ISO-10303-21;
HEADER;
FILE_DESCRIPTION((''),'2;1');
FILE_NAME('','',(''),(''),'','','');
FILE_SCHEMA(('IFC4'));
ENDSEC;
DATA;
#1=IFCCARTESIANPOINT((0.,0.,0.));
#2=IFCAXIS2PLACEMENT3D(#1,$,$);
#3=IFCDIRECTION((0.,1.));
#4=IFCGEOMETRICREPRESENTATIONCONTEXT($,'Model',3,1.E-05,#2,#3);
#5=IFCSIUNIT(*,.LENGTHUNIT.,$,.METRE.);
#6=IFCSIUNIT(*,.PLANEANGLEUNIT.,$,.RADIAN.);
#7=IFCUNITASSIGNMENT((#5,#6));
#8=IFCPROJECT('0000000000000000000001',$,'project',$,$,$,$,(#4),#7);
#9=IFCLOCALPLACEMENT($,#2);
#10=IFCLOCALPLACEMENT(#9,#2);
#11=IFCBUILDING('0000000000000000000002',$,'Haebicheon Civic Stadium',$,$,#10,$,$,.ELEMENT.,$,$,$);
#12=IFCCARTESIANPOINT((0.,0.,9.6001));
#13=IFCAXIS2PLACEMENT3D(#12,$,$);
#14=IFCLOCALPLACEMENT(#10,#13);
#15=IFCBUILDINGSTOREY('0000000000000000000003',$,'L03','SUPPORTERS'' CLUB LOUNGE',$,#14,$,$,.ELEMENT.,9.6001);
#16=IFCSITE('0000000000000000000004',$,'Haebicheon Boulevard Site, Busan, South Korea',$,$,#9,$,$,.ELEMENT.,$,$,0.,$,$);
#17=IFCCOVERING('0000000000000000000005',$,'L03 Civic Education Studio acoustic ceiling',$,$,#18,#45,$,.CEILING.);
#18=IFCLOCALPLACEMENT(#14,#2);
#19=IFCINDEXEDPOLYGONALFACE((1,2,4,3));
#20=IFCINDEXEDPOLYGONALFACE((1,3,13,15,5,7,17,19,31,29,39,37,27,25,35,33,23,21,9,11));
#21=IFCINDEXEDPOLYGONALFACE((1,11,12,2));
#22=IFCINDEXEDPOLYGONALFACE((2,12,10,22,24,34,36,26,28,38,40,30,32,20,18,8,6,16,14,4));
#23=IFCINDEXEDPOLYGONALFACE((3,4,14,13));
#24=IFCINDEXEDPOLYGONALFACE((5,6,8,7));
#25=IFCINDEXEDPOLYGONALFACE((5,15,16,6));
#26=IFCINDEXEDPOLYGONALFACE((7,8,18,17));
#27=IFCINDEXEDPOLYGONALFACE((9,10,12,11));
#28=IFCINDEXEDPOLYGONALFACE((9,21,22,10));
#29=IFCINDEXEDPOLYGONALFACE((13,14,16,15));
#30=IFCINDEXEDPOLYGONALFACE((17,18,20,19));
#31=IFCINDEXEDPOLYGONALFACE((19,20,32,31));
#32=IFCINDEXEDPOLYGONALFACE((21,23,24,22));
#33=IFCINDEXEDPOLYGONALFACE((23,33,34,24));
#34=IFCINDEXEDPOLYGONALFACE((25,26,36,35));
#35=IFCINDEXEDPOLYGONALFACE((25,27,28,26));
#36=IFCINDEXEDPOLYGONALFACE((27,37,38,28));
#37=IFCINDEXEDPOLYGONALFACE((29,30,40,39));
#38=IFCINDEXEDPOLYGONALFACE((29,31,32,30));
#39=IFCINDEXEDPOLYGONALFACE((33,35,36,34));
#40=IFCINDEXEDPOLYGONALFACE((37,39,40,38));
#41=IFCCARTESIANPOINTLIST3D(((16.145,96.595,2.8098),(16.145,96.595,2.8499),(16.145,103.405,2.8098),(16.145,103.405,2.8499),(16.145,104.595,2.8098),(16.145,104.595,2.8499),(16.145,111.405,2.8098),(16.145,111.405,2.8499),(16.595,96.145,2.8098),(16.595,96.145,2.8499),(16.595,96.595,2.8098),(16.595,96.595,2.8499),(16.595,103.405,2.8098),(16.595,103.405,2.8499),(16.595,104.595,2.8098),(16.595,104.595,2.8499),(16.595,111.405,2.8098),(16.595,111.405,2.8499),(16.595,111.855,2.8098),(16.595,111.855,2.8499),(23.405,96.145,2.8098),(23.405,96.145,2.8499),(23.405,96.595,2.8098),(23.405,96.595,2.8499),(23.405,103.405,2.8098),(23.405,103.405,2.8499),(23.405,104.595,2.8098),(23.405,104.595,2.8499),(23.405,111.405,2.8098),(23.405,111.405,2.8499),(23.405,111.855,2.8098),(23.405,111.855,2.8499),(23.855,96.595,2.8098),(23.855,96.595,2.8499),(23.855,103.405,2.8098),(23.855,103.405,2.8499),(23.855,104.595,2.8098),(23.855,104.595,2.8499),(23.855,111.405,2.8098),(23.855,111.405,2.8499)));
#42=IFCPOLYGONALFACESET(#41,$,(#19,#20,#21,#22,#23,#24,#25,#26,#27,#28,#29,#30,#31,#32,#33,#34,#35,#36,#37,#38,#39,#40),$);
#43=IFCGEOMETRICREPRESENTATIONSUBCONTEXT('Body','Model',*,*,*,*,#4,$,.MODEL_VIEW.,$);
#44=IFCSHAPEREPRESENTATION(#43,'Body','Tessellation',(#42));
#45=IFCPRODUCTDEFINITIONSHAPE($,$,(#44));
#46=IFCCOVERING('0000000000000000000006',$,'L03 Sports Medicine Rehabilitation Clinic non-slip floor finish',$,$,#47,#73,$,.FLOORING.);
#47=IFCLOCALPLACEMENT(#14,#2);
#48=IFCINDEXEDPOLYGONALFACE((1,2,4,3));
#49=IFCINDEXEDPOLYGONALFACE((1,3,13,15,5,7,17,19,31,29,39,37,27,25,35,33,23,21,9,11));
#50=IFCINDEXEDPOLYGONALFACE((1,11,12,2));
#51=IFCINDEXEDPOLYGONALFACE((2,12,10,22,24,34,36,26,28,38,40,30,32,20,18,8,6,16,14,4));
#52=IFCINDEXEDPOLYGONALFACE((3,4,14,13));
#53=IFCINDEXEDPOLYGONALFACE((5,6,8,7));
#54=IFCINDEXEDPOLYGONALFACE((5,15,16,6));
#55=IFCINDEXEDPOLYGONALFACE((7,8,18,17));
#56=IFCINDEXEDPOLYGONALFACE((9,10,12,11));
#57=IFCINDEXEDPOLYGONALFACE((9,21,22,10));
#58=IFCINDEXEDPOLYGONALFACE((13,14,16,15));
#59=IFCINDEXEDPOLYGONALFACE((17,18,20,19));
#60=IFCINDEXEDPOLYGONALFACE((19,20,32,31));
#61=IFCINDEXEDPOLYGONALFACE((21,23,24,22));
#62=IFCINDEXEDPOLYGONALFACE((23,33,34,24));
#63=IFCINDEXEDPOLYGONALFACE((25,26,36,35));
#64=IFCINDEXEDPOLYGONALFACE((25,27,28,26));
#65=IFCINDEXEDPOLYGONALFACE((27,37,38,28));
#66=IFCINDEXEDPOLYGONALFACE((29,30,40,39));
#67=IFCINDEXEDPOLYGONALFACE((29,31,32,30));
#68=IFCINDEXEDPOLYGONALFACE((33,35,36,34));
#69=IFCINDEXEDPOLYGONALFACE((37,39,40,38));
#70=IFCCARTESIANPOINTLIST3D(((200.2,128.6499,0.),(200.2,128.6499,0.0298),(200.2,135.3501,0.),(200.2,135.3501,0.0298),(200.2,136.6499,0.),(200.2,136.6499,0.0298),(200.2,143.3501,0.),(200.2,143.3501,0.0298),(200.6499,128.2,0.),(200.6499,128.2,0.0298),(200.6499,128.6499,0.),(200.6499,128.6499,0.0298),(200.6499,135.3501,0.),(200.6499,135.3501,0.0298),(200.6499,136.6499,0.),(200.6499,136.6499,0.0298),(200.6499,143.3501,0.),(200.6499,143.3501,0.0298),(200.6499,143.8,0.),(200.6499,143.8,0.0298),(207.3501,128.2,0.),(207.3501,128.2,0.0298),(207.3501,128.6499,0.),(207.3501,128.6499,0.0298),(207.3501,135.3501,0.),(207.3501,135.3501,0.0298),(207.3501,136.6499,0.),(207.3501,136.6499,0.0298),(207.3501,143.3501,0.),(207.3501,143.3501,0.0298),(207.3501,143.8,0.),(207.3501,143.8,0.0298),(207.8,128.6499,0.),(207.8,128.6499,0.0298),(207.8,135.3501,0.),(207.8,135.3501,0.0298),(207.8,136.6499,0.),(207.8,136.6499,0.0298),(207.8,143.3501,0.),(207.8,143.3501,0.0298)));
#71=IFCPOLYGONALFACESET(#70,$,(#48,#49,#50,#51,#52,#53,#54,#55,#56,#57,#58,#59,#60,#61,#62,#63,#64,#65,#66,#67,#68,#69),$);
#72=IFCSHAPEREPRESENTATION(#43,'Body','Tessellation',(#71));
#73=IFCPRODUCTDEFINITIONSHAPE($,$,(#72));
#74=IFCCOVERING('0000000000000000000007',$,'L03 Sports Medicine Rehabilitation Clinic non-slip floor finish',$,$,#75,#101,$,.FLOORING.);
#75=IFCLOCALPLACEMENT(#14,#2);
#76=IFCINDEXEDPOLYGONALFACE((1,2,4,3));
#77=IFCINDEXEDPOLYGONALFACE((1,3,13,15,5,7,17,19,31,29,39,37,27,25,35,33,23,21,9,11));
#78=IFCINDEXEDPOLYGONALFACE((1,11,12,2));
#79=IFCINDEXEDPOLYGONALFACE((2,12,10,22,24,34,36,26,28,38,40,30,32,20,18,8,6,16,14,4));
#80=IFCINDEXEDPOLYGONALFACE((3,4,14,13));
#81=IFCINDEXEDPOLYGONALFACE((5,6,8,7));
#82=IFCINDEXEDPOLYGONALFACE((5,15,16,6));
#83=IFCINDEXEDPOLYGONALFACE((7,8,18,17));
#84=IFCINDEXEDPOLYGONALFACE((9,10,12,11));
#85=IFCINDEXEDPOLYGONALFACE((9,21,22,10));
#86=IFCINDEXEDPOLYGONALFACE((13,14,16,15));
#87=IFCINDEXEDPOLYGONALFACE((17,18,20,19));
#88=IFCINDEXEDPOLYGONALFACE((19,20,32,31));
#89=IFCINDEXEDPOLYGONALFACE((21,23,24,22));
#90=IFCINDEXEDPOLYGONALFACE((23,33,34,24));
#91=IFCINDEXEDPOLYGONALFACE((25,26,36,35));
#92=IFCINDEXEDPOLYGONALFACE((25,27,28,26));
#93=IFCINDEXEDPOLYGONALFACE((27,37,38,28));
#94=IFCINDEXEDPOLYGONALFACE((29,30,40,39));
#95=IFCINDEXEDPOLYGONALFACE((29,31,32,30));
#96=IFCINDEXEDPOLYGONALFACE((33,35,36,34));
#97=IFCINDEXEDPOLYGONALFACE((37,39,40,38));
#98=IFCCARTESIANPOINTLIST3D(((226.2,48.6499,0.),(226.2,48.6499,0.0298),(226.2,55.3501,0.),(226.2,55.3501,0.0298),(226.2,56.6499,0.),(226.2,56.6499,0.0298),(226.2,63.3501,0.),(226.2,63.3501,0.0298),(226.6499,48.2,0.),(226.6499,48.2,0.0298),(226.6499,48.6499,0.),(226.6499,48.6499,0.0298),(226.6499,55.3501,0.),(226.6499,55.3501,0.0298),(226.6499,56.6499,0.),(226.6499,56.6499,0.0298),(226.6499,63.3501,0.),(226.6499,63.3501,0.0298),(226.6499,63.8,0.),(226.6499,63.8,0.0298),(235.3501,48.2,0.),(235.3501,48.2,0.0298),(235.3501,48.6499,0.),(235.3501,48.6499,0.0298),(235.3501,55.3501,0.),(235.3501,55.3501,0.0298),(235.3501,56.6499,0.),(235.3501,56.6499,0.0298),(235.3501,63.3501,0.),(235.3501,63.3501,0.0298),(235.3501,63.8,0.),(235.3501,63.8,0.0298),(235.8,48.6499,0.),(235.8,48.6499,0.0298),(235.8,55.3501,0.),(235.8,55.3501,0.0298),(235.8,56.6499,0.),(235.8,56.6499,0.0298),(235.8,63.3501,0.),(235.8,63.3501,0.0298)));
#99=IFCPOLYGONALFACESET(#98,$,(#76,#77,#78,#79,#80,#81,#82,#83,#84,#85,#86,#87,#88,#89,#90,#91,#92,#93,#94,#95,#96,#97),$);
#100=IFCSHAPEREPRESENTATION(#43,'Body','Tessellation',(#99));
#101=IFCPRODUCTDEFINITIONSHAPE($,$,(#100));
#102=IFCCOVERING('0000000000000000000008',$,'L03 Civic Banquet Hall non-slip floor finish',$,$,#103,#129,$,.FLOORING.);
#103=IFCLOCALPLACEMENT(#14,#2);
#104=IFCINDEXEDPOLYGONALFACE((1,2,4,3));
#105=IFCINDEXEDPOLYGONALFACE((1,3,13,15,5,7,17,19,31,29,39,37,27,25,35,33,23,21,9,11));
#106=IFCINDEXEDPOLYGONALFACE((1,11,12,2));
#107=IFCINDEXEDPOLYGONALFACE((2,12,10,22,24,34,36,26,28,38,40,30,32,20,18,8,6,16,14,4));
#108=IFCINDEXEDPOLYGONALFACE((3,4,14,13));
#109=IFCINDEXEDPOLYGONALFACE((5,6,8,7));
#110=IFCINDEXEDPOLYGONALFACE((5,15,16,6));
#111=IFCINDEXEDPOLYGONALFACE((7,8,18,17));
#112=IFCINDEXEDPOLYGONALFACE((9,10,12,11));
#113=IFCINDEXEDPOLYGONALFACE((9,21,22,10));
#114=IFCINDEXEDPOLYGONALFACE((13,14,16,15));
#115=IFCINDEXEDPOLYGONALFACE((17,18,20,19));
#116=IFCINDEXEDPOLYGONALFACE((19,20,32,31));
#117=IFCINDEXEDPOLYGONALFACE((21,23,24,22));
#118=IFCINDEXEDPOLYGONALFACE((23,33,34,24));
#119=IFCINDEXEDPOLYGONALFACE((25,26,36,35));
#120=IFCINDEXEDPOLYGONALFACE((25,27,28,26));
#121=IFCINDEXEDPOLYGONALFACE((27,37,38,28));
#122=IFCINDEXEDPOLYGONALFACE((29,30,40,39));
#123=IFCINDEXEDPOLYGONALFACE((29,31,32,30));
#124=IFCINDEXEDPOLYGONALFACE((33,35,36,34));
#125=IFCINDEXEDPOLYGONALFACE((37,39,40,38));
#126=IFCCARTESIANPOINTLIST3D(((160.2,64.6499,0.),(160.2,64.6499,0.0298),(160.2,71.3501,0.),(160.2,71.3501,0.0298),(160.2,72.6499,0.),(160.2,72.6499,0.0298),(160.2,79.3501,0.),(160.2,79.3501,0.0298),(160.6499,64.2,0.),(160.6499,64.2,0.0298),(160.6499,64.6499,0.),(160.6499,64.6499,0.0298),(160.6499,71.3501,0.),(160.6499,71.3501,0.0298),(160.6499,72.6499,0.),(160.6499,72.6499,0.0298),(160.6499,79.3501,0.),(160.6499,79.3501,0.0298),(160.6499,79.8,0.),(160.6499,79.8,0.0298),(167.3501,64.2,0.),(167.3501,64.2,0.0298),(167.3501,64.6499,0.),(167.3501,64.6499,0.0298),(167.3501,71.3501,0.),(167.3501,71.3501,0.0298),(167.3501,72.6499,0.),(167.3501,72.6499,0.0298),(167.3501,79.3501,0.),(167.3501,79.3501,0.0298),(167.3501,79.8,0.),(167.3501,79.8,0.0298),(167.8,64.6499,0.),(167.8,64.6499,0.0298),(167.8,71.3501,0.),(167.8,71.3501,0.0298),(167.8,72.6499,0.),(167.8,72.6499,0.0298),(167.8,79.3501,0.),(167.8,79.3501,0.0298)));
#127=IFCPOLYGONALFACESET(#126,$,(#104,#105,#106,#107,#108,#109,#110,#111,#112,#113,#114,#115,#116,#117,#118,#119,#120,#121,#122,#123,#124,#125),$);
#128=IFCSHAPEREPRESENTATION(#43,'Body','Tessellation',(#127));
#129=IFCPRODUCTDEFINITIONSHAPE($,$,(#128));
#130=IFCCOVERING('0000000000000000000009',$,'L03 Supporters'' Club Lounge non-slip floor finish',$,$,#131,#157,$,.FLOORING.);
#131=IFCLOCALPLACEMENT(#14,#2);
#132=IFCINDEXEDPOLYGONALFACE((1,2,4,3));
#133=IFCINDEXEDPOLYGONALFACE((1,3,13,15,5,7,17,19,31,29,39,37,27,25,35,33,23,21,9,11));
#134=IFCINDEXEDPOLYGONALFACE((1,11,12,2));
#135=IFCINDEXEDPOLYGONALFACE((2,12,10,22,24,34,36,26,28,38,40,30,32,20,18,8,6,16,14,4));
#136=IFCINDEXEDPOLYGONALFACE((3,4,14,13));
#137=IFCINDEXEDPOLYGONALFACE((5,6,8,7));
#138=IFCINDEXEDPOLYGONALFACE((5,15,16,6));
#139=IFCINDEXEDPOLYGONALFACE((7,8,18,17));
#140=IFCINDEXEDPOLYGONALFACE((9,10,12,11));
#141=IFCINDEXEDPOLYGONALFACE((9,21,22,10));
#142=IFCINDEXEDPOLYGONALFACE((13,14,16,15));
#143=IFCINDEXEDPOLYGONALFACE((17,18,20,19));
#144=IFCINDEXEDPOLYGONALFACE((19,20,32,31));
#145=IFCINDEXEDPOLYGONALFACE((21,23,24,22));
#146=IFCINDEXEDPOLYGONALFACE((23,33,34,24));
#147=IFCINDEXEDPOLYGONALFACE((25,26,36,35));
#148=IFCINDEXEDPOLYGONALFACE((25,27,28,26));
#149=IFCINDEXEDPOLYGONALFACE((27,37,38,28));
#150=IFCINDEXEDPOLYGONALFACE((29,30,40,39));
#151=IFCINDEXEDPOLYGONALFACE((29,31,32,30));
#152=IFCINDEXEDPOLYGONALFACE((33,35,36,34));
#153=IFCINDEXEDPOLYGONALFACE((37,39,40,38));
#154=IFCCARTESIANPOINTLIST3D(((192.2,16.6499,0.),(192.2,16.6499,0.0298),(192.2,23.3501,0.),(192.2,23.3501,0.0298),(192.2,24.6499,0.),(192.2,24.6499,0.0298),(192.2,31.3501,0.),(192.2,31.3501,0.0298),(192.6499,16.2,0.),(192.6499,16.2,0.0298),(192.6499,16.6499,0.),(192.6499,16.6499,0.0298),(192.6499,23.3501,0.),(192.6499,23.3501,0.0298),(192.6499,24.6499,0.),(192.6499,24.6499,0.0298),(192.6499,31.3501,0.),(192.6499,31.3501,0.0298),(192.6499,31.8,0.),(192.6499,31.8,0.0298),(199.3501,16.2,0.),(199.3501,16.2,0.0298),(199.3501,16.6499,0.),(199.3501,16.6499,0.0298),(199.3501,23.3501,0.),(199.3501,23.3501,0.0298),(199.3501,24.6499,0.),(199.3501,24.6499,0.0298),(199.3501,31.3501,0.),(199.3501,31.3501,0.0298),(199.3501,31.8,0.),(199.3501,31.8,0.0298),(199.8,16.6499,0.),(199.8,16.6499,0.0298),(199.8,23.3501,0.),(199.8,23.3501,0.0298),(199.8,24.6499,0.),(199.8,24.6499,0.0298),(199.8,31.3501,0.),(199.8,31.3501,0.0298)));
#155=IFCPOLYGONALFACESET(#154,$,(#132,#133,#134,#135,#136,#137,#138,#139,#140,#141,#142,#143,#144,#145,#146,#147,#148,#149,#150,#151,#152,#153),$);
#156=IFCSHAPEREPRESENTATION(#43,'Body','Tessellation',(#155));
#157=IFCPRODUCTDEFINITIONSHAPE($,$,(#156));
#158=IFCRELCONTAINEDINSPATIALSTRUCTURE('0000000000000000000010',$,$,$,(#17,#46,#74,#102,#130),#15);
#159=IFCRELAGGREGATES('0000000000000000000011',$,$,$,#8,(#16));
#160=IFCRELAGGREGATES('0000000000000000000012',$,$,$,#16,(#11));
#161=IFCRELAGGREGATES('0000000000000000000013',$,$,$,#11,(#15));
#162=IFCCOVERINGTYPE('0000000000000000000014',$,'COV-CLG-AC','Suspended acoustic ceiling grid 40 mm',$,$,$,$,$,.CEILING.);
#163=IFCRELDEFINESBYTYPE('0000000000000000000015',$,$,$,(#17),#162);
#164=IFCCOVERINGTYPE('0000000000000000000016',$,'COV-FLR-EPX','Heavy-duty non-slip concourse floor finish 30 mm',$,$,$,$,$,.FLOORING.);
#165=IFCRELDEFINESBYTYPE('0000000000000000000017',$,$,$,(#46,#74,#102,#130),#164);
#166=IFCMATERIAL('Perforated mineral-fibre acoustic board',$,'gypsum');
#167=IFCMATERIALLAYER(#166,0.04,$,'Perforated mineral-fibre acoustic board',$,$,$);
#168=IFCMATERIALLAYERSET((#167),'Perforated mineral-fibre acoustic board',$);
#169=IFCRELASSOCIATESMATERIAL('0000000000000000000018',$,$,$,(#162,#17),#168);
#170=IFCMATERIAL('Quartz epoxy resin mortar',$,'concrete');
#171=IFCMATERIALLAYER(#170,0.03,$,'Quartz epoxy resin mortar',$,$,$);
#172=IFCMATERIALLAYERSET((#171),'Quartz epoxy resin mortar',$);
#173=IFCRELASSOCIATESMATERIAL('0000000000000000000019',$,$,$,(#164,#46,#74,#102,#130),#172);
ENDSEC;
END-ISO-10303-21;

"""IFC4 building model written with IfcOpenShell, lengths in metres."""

from ifc_helpers import new_model, si_unit, direction, frame, origin, place, context, subcontext, project, spatial, polyline, outline, extrude, material, layer, layer_set, type_object, element, save


model = new_model("IFC4")

# Units and contexts
model_context = context("Model", 3, precision=1e-05, world=origin(), true_north=direction((0.0, 1.0)))
body_context = subcontext(model_context, "Body", "Model", "MODEL_VIEW")
ifc_project = project(units=[si_unit("LENGTHUNIT", "METRE"), si_unit("PLANEANGLEUNIT", "RADIAN")], contexts=[model_context])

# Site, building, storey
site_placement = place(None, origin())
site = spatial("IfcSite", under=ifc_project, at=site_placement, Name="Haebicheon Boulevard Site, Busan, South Korea", CompositionType="ELEMENT", RefElevation=0.0)
building_placement = place(site_placement, origin())
building = spatial("IfcBuilding", under=site, at=building_placement, Name="Haebicheon Civic Stadium", CompositionType="ELEMENT")
storey_placement = place(building_placement, frame((0.0, 0.0, 9.6001)))
storey = spatial("IfcBuildingStorey", under=building, at=storey_placement, Name="L03", Description="SUPPORTERS' CLUB LOUNGE", CompositionType="ELEMENT", Elevation=9.6001)

# Coverings
ifc_material_1 = material(Name="Perforated mineral-fibre acoustic board", Category="gypsum")
ifc_layer_1 = layer(ifc_material_1, 0.04, Name="Perforated mineral-fibre acoustic board")
ifc_layer_set_1 = layer_set([ifc_layer_1], Name="Perforated mineral-fibre acoustic board")
covering_type_1 = type_object("IfcCoveringType", Name="COV-CLG-AC", Description="Suspended acoustic ceiling grid 40 mm", PredefinedType="CEILING", material=ifc_layer_set_1)
covering_1_placement = place(storey_placement, frame((0.0, 0.0, 2.8098)))
element("IfcCovering", 1, at=covering_1_placement, inside=storey, type_object=covering_type_1, material=ifc_layer_set_1, Name="L03 Civic Education Studio acoustic ceiling", PredefinedType="CEILING", context=body_context, shape_type="SweptSolid", body=[
    extrude(outline(polyline([(16.595, 96.145), (16.595, 96.595), (16.145, 96.595), (16.145, 103.405), (16.595, 103.405), (16.595, 104.595), (16.145, 104.595), (16.145, 111.405), (16.595, 111.405), (16.595, 111.855), (23.405, 111.855), (23.405, 111.405), (23.855, 111.405), (23.855, 104.595), (23.405, 104.595), (23.405, 103.405), (23.855, 103.405), (23.855, 96.595), (23.405, 96.595), (23.405, 96.145), (16.595, 96.145)])), origin(), (0.0, 0.0, 1.0), 0.04),
])
ifc_material_2 = material(Name="Quartz epoxy resin mortar", Category="concrete")
ifc_layer_2 = layer(ifc_material_2, 0.03, Name="Quartz epoxy resin mortar")
ifc_layer_set_2 = layer_set([ifc_layer_2], Name="Quartz epoxy resin mortar")
covering_type_2 = type_object("IfcCoveringType", Name="COV-FLR-EPX", Description="Heavy-duty non-slip concourse floor finish 30 mm", PredefinedType="FLOORING", material=ifc_layer_set_2)
covering_2_placement = place(storey_placement, origin())
element("IfcCovering", 2, at=covering_2_placement, inside=storey, type_object=covering_type_2, material=ifc_layer_set_2, Name="L03 Sports Medicine Rehabilitation Clinic non-slip floor finish", PredefinedType="FLOORING", context=body_context, shape_type="SweptSolid", body=[
    extrude(outline(polyline([(200.6499, 128.2), (200.6499, 128.6499), (200.2, 128.6499), (200.2, 135.3501), (200.6499, 135.3501), (200.6499, 136.6499), (200.2, 136.6499), (200.2, 143.3501), (200.6499, 143.3501), (200.6499, 143.8), (207.3501, 143.8), (207.3501, 143.3501), (207.8, 143.3501), (207.8, 136.6499), (207.3501, 136.6499), (207.3501, 135.3501), (207.8, 135.3501), (207.8, 128.6499), (207.3501, 128.6499), (207.3501, 128.2), (200.6499, 128.2)])), origin(), (0.0, 0.0, 1.0), 0.0298),
])
covering_3_placement = place(storey_placement, origin())
element("IfcCovering", 3, at=covering_3_placement, inside=storey, type_object=covering_type_2, material=ifc_layer_set_2, Name="L03 Sports Medicine Rehabilitation Clinic non-slip floor finish", PredefinedType="FLOORING", context=body_context, shape_type="SweptSolid", body=[
    extrude(outline(polyline([(226.6499, 48.2), (226.6499, 48.6499), (226.2, 48.6499), (226.2, 55.3501), (226.6499, 55.3501), (226.6499, 56.6499), (226.2, 56.6499), (226.2, 63.3501), (226.6499, 63.3501), (226.6499, 63.8), (235.3501, 63.8), (235.3501, 63.3501), (235.8, 63.3501), (235.8, 56.6499), (235.3501, 56.6499), (235.3501, 55.3501), (235.8, 55.3501), (235.8, 48.6499), (235.3501, 48.6499), (235.3501, 48.2), (226.6499, 48.2)])), origin(), (0.0, 0.0, 1.0), 0.0298),
])
covering_4_placement = place(storey_placement, origin())
element("IfcCovering", 4, at=covering_4_placement, inside=storey, type_object=covering_type_2, material=ifc_layer_set_2, Name="L03 Civic Banquet Hall non-slip floor finish", PredefinedType="FLOORING", context=body_context, shape_type="SweptSolid", body=[
    extrude(outline(polyline([(160.6499, 64.2), (160.6499, 64.6499), (160.2, 64.6499), (160.2, 71.3501), (160.6499, 71.3501), (160.6499, 72.6499), (160.2, 72.6499), (160.2, 79.3501), (160.6499, 79.3501), (160.6499, 79.8), (167.3501, 79.8), (167.3501, 79.3501), (167.8, 79.3501), (167.8, 72.6499), (167.3501, 72.6499), (167.3501, 71.3501), (167.8, 71.3501), (167.8, 64.6499), (167.3501, 64.6499), (167.3501, 64.2), (160.6499, 64.2)])), origin(), (0.0, 0.0, 1.0), 0.0298),
])
covering_5_placement = place(storey_placement, origin())
element("IfcCovering", 5, at=covering_5_placement, inside=storey, type_object=covering_type_2, material=ifc_layer_set_2, Name="L03 Supporters' Club Lounge non-slip floor finish", PredefinedType="FLOORING", context=body_context, shape_type="SweptSolid", body=[
    extrude(outline(polyline([(192.6499, 16.2), (192.6499, 16.6499), (192.2, 16.6499), (192.2, 23.3501), (192.6499, 23.3501), (192.6499, 24.6499), (192.2, 24.6499), (192.2, 31.3501), (192.6499, 31.3501), (192.6499, 31.8), (199.3501, 31.8), (199.3501, 31.3501), (199.8, 31.3501), (199.8, 24.6499), (199.3501, 24.6499), (199.3501, 23.3501), (199.8, 23.3501), (199.8, 16.6499), (199.3501, 16.6499), (199.3501, 16.2), (192.6499, 16.2)])), origin(), (0.0, 0.0, 1.0), 0.0298),
])

save(model, "model.ifc")
